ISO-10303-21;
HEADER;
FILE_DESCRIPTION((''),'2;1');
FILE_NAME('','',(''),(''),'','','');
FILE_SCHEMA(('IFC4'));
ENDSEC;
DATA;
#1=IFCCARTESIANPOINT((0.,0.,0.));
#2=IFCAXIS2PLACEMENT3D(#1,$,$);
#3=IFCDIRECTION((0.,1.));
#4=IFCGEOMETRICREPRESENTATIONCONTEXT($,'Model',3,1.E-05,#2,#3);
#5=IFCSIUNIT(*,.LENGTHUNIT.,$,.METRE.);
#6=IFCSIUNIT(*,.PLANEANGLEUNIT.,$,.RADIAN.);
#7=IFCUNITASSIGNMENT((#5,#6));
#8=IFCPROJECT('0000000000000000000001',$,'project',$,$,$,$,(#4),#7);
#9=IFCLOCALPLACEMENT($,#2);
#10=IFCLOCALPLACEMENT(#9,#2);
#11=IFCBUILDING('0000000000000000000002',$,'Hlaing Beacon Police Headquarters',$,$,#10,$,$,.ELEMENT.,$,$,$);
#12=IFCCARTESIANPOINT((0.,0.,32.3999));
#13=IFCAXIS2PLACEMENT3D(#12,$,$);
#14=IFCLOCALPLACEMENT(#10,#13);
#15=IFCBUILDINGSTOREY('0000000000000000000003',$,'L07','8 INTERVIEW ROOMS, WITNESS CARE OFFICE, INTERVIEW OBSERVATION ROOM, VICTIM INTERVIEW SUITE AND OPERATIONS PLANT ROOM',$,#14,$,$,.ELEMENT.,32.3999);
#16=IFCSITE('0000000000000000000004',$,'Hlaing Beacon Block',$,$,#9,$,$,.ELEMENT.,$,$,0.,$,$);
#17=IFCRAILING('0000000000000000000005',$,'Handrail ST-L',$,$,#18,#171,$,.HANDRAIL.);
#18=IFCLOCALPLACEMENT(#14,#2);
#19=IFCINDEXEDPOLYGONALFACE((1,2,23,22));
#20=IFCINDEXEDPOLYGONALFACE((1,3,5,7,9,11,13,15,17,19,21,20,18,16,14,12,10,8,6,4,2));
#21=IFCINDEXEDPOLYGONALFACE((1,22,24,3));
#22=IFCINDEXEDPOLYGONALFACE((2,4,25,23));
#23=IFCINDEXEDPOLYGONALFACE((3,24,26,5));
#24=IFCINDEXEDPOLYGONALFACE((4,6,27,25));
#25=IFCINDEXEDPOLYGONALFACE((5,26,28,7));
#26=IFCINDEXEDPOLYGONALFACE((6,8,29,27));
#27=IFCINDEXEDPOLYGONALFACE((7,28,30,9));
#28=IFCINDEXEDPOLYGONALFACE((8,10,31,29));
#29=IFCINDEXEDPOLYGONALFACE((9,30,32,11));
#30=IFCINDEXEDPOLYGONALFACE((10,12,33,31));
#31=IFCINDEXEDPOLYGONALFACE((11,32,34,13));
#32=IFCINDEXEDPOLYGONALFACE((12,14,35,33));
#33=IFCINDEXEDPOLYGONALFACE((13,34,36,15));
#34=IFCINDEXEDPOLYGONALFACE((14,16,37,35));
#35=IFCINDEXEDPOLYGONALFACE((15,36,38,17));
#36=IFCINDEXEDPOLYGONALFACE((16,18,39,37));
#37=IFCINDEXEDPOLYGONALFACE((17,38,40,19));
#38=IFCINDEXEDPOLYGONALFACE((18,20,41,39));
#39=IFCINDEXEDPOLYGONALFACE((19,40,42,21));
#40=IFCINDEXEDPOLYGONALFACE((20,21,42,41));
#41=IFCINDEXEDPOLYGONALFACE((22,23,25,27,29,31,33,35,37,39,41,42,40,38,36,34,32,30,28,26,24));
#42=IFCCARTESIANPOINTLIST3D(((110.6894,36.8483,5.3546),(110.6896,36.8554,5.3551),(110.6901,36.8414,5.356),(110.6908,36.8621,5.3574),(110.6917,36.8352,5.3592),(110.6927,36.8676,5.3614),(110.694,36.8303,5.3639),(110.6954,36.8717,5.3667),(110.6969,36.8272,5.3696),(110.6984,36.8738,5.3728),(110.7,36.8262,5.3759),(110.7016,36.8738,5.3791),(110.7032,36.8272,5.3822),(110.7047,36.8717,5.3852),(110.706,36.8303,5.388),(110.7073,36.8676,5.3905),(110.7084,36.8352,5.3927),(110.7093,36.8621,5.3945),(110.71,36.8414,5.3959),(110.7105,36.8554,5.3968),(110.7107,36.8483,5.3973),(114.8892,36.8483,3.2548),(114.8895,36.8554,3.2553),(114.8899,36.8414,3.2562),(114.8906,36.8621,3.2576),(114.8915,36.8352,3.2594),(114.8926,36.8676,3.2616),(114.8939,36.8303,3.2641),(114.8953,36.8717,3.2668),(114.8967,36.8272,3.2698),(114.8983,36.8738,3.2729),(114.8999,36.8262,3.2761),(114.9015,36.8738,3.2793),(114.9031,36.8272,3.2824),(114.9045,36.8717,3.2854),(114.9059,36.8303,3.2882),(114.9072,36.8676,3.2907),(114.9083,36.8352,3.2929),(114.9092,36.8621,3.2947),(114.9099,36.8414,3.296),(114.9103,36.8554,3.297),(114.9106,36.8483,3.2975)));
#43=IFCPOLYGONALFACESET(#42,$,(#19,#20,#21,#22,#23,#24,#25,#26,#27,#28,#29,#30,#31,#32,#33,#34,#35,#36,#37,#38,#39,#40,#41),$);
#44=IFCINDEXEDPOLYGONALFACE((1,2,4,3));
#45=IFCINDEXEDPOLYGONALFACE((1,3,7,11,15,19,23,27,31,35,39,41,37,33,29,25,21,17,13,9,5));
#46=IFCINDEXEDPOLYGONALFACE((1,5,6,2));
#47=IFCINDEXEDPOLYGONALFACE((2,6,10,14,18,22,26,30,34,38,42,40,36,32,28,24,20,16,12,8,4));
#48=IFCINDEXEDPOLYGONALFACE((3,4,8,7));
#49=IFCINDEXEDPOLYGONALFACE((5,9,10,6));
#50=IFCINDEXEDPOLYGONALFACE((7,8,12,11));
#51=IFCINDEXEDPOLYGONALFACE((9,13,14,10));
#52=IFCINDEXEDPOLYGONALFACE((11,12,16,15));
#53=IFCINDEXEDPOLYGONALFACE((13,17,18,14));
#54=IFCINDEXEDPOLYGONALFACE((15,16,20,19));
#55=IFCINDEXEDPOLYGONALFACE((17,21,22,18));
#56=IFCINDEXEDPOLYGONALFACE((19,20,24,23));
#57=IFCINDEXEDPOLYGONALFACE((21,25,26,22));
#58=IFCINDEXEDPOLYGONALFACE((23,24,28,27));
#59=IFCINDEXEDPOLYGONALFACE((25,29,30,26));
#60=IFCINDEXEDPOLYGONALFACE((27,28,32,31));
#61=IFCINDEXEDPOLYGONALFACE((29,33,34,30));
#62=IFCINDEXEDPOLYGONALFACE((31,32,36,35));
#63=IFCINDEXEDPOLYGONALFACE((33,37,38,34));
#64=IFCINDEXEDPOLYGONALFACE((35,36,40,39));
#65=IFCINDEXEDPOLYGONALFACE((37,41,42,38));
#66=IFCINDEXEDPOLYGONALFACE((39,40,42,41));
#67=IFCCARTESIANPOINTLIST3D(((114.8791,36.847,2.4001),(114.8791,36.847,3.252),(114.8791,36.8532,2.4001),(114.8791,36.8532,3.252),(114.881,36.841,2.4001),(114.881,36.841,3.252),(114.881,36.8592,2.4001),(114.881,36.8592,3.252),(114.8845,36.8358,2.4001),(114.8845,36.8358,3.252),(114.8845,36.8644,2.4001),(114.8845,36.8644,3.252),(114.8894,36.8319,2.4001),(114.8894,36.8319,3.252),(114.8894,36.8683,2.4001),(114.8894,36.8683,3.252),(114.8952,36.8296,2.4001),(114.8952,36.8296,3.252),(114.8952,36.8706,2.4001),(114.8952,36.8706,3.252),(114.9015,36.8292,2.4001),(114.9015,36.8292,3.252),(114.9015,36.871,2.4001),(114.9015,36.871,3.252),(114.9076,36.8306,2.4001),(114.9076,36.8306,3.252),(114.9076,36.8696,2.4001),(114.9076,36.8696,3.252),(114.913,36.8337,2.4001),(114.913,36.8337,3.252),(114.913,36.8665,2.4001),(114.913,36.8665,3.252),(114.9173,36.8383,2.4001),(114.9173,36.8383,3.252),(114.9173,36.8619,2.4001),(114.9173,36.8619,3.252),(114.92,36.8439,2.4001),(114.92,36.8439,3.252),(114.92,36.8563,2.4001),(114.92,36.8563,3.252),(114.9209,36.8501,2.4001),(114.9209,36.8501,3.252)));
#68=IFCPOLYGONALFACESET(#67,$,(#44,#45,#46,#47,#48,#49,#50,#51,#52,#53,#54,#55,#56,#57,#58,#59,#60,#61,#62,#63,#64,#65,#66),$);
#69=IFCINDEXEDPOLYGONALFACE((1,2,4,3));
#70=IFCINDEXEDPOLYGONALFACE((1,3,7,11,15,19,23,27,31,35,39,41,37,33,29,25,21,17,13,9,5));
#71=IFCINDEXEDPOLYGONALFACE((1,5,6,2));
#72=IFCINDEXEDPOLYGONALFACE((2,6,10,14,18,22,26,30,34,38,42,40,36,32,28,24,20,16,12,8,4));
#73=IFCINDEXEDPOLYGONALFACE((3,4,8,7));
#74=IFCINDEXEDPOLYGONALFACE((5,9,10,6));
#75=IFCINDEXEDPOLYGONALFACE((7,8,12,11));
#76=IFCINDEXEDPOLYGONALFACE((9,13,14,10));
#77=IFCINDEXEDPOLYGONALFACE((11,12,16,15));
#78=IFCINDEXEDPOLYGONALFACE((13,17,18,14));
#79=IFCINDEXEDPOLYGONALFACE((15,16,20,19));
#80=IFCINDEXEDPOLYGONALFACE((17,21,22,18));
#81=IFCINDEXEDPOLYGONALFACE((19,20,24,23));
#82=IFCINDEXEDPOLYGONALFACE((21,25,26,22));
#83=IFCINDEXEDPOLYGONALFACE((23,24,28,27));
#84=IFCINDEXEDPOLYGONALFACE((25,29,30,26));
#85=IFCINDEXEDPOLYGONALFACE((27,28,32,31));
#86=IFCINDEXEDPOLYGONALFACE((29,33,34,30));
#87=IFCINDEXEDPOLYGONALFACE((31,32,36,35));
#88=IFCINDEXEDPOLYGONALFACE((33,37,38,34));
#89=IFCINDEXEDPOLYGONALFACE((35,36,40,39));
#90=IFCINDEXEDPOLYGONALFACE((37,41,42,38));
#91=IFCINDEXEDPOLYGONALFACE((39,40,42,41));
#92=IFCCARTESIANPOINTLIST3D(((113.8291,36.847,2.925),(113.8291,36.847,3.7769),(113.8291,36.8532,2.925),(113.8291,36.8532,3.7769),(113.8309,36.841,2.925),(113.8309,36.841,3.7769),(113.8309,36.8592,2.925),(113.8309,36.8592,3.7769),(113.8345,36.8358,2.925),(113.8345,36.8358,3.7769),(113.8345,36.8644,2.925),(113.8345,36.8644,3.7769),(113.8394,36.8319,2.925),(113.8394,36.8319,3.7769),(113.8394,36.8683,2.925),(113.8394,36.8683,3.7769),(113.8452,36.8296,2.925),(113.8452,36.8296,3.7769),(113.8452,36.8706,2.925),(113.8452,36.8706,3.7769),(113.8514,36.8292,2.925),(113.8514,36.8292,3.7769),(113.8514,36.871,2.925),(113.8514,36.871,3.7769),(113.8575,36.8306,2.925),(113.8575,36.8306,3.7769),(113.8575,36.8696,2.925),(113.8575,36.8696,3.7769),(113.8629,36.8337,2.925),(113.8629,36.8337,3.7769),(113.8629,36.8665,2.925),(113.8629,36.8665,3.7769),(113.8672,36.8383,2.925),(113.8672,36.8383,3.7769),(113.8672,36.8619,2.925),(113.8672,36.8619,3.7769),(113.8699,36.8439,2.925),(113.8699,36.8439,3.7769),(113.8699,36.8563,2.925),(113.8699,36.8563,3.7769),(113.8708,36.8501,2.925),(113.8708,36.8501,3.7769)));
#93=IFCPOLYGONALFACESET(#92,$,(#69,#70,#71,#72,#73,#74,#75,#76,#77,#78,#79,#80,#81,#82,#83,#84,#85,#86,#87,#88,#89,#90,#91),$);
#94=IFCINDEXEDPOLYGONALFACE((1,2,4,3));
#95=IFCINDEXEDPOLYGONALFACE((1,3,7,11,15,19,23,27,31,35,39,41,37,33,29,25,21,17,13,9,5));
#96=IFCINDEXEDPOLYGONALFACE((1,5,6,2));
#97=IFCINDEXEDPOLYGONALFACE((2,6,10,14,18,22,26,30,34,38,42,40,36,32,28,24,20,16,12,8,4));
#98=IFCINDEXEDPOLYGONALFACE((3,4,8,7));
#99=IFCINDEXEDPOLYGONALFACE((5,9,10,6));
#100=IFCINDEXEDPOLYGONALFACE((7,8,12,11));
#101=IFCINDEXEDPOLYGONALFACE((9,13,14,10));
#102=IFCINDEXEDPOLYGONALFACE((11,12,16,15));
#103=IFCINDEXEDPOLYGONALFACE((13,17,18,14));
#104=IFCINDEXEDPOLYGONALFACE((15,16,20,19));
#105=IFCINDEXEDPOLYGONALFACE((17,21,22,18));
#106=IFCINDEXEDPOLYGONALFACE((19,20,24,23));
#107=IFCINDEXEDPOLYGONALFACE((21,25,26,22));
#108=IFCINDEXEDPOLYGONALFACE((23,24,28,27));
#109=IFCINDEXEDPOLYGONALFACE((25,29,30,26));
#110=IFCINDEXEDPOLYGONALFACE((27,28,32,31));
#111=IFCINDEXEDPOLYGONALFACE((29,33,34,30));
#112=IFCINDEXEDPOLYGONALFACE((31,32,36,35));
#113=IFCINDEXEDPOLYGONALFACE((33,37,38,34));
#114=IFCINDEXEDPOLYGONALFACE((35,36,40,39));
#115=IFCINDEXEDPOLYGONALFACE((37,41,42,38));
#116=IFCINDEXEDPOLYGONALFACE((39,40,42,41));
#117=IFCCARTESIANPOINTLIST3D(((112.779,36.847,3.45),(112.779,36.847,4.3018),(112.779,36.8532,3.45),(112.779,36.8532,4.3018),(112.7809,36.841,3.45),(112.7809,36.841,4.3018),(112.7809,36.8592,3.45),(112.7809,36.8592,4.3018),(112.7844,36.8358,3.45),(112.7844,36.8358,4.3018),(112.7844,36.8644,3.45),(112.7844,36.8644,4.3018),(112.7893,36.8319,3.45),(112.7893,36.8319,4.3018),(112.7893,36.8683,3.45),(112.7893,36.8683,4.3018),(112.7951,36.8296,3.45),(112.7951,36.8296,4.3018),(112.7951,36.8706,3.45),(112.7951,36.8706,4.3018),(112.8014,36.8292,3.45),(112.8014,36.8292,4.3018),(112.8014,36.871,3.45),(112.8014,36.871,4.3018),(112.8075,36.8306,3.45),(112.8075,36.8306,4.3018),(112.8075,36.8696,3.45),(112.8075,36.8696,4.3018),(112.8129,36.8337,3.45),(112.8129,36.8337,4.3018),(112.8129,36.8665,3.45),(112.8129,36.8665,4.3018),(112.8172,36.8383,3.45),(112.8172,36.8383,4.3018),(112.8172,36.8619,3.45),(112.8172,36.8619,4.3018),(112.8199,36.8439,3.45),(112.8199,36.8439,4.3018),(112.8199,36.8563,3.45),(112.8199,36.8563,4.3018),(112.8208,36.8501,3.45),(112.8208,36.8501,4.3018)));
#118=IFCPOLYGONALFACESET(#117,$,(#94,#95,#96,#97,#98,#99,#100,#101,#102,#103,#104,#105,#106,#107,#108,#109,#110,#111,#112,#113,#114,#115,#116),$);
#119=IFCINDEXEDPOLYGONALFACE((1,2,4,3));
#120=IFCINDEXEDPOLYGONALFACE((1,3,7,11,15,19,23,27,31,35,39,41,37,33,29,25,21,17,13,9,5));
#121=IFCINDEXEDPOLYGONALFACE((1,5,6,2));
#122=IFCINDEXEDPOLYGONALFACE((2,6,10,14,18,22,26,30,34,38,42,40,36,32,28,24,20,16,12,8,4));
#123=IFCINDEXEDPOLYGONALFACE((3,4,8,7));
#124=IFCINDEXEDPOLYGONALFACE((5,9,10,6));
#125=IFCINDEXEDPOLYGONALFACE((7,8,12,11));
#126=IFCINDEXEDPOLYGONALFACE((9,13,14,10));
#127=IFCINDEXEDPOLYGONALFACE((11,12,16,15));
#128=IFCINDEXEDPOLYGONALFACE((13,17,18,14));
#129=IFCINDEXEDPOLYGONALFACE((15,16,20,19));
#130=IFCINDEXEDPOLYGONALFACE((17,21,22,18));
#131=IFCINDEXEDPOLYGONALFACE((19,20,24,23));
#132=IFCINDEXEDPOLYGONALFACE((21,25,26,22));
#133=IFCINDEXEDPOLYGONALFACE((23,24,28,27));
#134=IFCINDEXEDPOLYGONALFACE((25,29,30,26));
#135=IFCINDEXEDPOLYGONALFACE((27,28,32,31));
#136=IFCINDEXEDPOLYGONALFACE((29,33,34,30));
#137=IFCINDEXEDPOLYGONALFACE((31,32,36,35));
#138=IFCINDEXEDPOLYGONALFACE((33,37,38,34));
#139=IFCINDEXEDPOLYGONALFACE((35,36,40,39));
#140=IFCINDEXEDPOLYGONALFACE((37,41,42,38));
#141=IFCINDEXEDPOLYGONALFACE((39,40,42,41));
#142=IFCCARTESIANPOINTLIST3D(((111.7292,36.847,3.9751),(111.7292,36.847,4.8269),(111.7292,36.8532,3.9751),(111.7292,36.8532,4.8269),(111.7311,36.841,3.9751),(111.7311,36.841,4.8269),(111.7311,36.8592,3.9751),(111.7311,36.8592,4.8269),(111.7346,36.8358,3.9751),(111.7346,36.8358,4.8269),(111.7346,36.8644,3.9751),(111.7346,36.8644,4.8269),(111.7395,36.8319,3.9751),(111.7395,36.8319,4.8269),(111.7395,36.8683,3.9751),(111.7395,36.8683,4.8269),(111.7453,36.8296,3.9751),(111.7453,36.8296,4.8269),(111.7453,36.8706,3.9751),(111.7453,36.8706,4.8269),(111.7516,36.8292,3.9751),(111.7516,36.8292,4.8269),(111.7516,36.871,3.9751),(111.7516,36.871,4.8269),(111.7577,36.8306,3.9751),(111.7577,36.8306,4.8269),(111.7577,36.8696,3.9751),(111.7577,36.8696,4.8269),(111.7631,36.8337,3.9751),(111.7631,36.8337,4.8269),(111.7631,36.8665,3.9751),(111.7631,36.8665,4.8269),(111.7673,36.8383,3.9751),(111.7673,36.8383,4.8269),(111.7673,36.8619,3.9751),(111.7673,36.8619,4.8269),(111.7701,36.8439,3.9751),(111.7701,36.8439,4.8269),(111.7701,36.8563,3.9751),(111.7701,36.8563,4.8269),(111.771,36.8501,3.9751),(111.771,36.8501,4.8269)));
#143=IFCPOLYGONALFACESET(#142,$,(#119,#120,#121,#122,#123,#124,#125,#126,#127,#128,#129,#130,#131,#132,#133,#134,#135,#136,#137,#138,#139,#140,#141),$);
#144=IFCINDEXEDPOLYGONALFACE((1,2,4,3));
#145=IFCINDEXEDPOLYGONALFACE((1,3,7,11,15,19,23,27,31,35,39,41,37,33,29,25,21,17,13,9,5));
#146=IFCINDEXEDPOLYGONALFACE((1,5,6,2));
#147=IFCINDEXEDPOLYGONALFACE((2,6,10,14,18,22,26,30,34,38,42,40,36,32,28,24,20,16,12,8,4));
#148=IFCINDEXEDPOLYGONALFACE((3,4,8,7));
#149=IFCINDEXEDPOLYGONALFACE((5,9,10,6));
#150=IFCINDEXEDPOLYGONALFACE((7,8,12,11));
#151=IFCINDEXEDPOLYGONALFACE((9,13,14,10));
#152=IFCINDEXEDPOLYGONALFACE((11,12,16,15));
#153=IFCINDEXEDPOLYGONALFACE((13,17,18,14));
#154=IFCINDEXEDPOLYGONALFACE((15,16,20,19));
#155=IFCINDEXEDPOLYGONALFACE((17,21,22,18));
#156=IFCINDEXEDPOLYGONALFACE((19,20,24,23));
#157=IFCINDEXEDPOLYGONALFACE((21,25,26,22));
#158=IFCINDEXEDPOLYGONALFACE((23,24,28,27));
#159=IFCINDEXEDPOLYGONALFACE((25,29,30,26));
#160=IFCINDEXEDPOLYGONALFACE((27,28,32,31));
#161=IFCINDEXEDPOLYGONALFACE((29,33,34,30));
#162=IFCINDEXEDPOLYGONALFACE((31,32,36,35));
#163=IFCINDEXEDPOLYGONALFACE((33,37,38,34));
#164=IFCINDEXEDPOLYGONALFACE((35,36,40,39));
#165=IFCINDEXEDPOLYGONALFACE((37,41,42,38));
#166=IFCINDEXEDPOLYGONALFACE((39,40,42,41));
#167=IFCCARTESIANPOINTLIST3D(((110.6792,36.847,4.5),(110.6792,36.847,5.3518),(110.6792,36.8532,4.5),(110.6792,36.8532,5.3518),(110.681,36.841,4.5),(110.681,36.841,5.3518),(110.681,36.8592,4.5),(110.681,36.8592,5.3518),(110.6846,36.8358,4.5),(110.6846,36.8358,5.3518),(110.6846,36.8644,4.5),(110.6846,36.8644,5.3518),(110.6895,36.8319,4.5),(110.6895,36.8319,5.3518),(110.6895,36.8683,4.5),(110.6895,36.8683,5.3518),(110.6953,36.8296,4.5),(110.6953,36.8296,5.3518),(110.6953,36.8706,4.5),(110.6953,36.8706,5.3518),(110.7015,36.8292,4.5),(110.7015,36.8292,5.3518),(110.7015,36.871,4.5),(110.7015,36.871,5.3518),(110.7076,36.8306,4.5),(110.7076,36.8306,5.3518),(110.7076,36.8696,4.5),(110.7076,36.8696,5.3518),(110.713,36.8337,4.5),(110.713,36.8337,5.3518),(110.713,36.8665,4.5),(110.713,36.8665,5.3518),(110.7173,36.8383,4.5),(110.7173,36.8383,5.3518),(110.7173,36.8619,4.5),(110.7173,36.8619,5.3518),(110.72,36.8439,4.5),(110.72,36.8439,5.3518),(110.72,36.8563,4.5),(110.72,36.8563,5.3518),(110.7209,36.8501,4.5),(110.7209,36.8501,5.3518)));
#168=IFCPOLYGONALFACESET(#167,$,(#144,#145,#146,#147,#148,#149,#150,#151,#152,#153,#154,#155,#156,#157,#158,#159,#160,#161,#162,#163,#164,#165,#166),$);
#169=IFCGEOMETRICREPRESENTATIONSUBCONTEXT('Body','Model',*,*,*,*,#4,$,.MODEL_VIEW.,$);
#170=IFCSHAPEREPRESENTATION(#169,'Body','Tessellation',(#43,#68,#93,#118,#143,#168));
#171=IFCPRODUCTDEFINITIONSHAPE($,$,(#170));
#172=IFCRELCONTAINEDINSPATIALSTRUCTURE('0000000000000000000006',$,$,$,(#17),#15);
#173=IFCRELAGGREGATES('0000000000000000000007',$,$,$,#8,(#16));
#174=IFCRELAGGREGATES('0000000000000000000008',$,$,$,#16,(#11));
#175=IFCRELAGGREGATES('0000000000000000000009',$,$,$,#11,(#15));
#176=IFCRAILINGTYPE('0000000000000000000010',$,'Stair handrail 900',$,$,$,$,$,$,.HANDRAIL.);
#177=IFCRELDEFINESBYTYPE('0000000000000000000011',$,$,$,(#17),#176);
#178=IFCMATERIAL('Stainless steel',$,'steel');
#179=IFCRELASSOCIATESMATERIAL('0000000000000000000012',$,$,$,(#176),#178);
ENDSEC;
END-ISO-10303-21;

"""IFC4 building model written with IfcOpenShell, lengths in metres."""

from ifc_helpers import new_model, si_unit, direction, frame, origin, origin_2d, place, context, subcontext, project, spatial, circle, extrude, material, type_object, element, save


model = new_model("IFC4")

# Units and contexts
model_context = context("Model", 3, precision=1e-05, world=origin(), true_north=direction((0.0, 1.0)))
body_context = subcontext(model_context, "Body", "Model", "MODEL_VIEW")
ifc_project = project(units=[si_unit("LENGTHUNIT", "METRE"), si_unit("PLANEANGLEUNIT", "RADIAN")], contexts=[model_context])

# Site, building, storey
site_placement = place(None, origin())
site = spatial("IfcSite", under=ifc_project, at=site_placement, Name="Hlaing Beacon Block", CompositionType="ELEMENT", RefElevation=0.0)
building_placement = place(site_placement, origin())
building = spatial("IfcBuilding", under=site, at=building_placement, Name="Hlaing Beacon Police Headquarters", CompositionType="ELEMENT")
storey_placement = place(building_placement, frame((0.0, 0.0, 32.3999)))
storey = spatial("IfcBuildingStorey", under=building, at=storey_placement, Name="L07", Description="8 INTERVIEW ROOMS, WITNESS CARE OFFICE, INTERVIEW OBSERVATION ROOM, VICTIM INTERVIEW SUITE AND OPERATIONS PLANT ROOM", CompositionType="ELEMENT", Elevation=32.3999)

# Railing
ifc_material_1 = material(Name="Stainless steel", Category="steel")
railing_type_1 = type_object("IfcRailingType", Name="Stair handrail 900", PredefinedType="HANDRAIL", material=ifc_material_1)
for number, where, name in (
    (1, (114.8999, 36.8501, 2.4001), "Handrail ST-L"),
):
    element("IfcRailing", number, at=place(storey_placement, frame(where)), inside=storey, type_object=railing_type_1, Name=name, PredefinedType="HANDRAIL", context=body_context, shape_type="SweptSolid", body=[
        extrude(circle(Radius=0.0239, at=origin_2d()), frame((0.0, 0.0, 0.876), z_axis=(-0.894438, 0.0, 0.447193), x_axis=(0.0, -1.0, 0.0)), (0.0, 0.0, 1.0), 4.6956),
        extrude(circle(Radius=0.021, at=origin_2d()), origin(), (0.0, 0.0, 1.0), 0.8518),
        extrude(circle(Radius=0.021, at=origin_2d()), frame((-1.05, 0.0, 0.5249)), (0.0, 0.0, 1.0), 0.8518),
        extrude(circle(Radius=0.021, at=origin_2d()), frame((-2.1001, 0.0, 1.0498)), (0.0, 0.0, 1.0), 0.8518),
        extrude(circle(Radius=0.021, at=origin_2d()), frame((-3.1499, 0.0, 1.575)), (0.0, 0.0, 1.0), 0.8518),
        extrude(circle(Radius=0.021, at=origin_2d()), frame((-4.2, 0.0, 2.0999)), (0.0, 0.0, 1.0), 0.8518),
    ])

save(model, "model.ifc")
